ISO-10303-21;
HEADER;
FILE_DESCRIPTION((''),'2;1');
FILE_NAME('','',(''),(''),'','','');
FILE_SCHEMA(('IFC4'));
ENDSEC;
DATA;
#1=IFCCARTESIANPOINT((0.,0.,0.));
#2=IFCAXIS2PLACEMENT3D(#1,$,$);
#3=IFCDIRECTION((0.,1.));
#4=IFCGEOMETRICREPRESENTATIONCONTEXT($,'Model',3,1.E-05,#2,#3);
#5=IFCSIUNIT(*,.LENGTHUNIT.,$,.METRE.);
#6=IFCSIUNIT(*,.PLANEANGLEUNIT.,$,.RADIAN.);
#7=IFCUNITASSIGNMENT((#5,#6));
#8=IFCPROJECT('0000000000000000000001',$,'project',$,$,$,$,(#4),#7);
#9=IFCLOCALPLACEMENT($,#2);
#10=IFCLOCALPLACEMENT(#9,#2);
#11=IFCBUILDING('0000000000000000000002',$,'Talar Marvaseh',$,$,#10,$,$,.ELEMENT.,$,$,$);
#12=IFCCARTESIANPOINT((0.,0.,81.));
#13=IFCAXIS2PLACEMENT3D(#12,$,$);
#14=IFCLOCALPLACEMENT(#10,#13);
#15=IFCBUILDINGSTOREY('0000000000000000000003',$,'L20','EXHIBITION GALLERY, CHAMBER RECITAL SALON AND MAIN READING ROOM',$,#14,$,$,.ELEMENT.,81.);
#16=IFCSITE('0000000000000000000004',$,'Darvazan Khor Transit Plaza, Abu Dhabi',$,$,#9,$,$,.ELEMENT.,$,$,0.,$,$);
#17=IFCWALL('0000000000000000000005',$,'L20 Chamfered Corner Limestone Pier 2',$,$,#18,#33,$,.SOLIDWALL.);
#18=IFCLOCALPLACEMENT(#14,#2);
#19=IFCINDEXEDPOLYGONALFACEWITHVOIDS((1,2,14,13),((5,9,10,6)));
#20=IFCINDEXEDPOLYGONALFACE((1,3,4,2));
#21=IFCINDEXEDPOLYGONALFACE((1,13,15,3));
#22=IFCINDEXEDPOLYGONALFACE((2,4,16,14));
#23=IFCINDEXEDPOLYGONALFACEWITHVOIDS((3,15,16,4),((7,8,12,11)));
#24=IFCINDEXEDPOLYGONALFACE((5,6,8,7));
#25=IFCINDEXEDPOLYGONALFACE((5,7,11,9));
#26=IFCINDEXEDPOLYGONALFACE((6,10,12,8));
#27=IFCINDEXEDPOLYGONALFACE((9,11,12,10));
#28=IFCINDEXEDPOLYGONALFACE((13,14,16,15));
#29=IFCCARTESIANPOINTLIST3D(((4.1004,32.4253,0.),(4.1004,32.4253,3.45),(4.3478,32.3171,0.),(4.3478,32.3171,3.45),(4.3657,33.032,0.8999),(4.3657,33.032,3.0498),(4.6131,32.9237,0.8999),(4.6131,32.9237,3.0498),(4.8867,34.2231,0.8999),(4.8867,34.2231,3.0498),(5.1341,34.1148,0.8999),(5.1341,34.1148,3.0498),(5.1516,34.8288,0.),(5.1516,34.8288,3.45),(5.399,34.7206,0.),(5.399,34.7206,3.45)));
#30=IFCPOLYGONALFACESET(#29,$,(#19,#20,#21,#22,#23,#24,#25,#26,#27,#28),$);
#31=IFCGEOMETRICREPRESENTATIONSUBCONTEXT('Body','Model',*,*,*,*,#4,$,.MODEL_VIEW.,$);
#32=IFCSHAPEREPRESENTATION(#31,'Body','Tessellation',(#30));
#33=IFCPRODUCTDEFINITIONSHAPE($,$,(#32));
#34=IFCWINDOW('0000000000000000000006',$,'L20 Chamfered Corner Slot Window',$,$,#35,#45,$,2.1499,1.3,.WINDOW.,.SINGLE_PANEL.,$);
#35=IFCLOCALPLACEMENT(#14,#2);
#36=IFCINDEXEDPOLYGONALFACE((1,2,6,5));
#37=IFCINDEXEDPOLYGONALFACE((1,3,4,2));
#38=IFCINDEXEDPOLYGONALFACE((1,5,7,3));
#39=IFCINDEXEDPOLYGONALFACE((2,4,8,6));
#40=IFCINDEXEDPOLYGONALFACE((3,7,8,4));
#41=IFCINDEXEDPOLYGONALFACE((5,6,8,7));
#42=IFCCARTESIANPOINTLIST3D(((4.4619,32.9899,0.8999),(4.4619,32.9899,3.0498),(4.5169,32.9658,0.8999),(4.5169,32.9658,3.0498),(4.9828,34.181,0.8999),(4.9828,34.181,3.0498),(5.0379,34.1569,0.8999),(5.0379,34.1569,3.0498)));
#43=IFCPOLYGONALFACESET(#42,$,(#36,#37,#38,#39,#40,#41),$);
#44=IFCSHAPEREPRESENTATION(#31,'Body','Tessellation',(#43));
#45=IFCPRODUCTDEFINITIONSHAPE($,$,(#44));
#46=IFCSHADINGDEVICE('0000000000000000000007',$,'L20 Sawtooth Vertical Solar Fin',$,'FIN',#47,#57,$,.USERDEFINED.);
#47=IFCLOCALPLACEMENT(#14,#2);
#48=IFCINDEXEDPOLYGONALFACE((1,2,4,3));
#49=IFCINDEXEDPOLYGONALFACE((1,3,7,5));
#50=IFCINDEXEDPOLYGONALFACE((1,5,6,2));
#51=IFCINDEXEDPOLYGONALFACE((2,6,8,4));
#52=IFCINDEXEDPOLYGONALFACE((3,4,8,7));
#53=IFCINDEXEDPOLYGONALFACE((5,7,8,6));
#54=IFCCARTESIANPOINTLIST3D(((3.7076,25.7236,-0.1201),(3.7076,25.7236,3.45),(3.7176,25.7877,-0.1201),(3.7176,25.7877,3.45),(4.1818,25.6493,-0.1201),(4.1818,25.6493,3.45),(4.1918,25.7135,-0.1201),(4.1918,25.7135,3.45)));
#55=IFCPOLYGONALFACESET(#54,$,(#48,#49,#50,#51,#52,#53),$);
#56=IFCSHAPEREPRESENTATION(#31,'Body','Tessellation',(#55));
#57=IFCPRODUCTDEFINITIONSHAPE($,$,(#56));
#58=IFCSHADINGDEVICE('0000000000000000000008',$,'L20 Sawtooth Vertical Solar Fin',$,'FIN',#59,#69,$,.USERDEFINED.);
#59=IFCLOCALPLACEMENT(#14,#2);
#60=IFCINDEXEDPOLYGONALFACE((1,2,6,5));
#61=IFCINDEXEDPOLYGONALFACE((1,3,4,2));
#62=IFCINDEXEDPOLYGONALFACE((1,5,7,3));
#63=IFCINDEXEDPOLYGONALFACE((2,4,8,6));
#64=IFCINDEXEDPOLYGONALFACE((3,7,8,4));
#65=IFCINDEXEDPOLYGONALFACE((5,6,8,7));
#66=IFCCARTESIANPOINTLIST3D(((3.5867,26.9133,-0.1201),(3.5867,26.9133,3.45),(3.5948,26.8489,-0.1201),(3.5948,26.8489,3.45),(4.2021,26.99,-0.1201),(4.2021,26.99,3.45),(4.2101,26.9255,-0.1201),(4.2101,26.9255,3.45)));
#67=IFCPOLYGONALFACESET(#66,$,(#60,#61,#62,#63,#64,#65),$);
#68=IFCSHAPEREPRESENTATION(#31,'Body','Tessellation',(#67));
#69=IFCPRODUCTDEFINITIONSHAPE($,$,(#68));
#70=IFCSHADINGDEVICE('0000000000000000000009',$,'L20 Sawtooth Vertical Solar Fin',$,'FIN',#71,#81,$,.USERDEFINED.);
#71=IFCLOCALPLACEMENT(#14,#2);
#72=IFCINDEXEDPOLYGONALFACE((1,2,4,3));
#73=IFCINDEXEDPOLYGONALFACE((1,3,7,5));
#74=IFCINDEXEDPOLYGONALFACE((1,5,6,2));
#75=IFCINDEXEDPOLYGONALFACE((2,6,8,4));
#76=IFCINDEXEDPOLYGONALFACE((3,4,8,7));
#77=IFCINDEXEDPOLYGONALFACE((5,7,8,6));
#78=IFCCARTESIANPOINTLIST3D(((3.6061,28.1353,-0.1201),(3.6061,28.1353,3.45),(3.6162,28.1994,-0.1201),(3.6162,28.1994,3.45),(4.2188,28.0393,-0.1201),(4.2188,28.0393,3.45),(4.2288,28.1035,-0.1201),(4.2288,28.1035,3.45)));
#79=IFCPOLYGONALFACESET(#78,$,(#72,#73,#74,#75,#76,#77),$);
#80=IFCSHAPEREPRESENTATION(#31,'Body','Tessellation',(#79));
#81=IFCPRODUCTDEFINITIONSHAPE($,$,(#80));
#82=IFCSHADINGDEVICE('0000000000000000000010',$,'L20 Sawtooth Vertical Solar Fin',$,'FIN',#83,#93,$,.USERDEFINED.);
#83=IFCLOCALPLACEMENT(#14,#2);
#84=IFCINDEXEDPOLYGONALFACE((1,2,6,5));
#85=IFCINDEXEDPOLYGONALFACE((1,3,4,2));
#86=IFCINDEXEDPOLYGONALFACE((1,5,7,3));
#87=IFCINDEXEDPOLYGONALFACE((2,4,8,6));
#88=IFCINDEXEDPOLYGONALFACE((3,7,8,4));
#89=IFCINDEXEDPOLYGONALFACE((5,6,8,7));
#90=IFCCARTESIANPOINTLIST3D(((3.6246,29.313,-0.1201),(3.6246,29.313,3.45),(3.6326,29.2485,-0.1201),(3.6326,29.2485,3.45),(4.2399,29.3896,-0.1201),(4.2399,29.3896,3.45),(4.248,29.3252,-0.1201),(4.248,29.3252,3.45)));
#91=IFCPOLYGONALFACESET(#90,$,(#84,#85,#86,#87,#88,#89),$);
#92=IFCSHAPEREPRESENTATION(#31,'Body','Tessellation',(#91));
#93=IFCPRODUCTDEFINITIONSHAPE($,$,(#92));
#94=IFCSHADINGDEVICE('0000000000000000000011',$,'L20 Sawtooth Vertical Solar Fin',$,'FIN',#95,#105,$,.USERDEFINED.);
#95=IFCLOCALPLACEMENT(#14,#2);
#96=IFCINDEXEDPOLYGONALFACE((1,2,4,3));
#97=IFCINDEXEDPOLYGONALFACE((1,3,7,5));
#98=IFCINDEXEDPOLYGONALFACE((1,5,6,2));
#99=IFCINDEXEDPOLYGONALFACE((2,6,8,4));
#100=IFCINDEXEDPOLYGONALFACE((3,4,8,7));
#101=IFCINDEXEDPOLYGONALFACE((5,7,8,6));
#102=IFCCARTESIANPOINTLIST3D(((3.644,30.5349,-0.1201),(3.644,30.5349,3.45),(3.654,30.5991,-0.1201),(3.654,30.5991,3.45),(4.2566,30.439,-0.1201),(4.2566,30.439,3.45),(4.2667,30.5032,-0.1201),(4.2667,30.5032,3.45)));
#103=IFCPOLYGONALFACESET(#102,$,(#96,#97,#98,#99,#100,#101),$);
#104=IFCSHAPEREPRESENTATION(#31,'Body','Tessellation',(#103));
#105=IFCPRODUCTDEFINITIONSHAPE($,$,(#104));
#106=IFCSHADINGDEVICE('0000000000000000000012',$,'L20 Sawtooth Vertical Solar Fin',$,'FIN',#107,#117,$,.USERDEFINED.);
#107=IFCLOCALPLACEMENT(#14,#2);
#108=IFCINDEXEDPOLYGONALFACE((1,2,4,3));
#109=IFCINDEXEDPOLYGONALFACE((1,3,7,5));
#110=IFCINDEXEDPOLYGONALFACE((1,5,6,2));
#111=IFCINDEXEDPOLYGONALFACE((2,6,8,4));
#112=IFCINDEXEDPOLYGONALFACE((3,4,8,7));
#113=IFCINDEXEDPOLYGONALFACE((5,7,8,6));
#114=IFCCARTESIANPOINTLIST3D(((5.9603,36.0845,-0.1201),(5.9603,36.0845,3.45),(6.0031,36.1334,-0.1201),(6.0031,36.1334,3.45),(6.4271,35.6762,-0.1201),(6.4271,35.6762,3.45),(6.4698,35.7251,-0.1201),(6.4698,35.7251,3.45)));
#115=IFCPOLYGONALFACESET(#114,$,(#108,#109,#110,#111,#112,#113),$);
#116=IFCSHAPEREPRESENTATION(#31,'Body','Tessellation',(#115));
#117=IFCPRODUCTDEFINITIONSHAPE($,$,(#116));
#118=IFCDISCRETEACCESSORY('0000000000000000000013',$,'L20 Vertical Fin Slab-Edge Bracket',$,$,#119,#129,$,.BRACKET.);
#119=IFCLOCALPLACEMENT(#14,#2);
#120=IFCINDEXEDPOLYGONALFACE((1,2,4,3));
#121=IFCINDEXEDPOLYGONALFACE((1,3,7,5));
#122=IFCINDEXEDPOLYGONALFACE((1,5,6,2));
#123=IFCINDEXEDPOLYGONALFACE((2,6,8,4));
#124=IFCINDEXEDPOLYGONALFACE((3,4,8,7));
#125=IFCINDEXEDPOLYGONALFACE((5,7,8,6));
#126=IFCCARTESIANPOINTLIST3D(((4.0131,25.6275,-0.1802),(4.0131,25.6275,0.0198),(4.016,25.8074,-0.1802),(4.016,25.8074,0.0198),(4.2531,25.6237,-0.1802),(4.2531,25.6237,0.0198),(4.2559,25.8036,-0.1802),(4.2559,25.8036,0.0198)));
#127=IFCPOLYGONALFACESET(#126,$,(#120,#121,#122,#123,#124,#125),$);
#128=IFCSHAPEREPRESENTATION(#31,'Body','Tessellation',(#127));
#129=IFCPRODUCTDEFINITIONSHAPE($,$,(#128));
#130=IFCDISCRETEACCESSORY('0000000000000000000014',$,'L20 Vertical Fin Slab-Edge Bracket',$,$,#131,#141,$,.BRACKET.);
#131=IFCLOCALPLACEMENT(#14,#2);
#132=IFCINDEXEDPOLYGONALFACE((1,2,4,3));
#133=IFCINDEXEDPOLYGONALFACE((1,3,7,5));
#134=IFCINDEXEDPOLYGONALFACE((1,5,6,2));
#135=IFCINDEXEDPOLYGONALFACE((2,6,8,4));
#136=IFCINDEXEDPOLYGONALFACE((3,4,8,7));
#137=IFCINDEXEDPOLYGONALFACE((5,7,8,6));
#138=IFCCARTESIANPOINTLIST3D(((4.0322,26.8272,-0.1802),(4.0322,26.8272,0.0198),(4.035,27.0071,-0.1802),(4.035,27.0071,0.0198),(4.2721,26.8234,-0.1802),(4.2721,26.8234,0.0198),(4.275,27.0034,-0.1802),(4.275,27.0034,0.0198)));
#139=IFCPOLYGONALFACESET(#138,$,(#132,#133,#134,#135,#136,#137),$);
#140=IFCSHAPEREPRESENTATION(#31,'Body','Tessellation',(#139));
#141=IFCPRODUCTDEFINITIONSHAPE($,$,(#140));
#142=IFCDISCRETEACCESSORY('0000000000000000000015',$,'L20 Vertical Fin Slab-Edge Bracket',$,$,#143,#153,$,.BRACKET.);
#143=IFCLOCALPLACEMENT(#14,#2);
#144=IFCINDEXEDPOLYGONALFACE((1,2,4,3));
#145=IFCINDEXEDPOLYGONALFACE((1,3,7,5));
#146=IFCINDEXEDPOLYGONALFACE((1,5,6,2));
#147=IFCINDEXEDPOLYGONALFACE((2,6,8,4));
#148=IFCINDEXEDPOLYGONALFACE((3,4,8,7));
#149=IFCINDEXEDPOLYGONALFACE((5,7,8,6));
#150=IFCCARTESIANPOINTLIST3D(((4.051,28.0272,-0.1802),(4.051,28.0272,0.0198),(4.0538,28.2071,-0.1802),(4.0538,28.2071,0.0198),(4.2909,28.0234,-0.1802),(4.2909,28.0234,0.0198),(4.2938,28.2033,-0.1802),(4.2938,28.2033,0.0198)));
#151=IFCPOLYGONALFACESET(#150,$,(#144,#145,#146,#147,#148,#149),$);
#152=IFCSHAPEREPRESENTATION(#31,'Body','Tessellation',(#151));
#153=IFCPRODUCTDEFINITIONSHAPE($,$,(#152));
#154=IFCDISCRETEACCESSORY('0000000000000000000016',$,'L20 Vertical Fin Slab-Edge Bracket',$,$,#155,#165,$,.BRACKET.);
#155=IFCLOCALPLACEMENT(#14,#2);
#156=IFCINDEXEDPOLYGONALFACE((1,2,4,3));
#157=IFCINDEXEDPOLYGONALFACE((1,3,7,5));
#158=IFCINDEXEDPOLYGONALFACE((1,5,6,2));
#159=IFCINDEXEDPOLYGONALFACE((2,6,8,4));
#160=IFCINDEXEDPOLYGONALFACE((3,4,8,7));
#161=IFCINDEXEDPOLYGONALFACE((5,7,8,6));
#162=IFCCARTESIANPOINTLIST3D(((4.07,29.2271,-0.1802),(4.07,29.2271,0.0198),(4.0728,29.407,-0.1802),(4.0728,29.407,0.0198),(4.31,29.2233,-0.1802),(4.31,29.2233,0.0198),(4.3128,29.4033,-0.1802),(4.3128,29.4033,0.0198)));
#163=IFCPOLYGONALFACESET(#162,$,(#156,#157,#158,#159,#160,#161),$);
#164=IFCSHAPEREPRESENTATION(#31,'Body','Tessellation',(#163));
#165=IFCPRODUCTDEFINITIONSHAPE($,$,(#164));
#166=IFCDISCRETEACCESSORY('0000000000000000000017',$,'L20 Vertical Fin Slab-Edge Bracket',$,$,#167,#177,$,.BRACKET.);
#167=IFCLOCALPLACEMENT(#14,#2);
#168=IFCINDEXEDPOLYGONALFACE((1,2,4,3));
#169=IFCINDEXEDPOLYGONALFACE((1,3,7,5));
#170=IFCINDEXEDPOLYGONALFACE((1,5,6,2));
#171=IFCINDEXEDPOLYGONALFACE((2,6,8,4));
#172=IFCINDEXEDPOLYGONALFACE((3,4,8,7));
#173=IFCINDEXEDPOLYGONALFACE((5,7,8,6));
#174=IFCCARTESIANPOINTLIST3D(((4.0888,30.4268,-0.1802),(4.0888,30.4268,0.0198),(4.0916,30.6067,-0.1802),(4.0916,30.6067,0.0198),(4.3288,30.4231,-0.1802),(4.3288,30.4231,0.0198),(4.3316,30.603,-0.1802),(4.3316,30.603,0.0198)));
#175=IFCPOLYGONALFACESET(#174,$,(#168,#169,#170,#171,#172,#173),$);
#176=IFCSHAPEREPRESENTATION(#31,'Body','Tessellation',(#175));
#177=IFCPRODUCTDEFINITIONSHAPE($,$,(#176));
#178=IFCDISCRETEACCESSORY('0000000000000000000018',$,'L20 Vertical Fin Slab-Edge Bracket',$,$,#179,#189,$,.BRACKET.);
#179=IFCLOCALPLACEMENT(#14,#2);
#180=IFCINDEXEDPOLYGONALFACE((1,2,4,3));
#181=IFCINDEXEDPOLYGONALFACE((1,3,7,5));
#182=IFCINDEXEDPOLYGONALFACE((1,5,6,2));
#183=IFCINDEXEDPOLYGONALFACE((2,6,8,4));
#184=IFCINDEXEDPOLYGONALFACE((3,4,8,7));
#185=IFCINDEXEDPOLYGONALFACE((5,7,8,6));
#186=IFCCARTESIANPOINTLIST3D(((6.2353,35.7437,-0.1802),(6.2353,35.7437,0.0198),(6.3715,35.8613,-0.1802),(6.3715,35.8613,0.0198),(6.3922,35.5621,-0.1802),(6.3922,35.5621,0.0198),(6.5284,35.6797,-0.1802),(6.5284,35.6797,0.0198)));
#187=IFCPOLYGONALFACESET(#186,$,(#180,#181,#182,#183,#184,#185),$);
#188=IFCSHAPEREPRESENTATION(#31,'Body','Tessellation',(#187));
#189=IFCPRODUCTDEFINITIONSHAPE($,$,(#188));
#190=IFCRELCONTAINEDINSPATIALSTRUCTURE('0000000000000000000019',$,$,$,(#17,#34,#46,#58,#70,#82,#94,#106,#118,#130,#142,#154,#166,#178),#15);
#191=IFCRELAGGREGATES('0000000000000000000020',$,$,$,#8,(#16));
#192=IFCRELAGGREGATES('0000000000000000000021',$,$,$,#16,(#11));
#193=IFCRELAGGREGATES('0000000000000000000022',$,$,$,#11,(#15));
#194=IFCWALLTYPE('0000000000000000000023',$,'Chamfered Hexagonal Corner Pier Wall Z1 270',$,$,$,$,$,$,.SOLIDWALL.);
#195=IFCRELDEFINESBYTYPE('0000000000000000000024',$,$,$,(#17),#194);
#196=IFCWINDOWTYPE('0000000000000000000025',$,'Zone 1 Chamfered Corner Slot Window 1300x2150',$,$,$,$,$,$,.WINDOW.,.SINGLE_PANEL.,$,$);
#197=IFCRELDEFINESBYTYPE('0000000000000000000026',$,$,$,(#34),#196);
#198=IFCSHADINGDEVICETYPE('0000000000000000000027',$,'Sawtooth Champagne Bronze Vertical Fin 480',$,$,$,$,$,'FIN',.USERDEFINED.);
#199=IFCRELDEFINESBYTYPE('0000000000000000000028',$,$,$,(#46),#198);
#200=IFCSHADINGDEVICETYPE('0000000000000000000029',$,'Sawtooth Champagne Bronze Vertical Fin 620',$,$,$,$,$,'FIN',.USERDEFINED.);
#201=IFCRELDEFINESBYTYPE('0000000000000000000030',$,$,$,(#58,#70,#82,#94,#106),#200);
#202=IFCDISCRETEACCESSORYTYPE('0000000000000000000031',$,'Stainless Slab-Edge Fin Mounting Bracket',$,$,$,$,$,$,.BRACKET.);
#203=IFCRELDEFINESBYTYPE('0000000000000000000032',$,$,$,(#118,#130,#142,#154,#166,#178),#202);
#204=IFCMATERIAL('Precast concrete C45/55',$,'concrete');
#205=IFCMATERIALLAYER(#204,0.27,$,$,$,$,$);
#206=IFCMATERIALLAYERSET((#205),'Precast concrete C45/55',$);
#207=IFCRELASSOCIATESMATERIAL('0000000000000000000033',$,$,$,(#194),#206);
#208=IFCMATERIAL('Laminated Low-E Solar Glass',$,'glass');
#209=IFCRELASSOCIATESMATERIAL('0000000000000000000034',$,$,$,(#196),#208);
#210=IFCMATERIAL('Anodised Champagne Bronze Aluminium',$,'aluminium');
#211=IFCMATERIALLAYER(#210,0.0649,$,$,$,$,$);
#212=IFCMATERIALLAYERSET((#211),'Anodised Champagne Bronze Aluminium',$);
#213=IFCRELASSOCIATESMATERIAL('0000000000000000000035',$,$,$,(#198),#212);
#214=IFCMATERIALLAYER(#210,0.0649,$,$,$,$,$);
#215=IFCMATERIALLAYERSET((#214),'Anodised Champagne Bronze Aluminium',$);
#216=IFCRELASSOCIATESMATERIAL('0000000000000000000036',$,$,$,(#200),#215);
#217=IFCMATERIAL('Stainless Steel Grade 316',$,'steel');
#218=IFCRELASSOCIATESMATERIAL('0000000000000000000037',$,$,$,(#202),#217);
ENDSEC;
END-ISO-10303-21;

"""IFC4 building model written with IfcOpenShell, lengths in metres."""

from ifc_helpers import new_model, si_unit, direction, frame, frame_2d, origin, origin_2d, place, context, subcontext, project, spatial, rectangle, extrude, source, transform, mapped, material, layer, layer_set, type_object, type_shapes, element, fill, save


model = new_model("IFC4")

# Units and contexts
model_context = context("Model", 3, precision=1e-05, world=origin(), true_north=direction((0.0, 1.0)))
body_context = subcontext(model_context, "Body", "Model", "MODEL_VIEW")
ifc_project = project(units=[si_unit("LENGTHUNIT", "METRE"), si_unit("PLANEANGLEUNIT", "RADIAN")], contexts=[model_context])

# Site, building, storey
site_placement = place(None, origin())
site = spatial("IfcSite", under=ifc_project, at=site_placement, Name="Darvazan Khor Transit Plaza, Abu Dhabi", CompositionType="ELEMENT", RefElevation=0.0)
building_placement = place(site_placement, origin())
building = spatial("IfcBuilding", under=site, at=building_placement, Name="Talar Marvaseh", CompositionType="ELEMENT")
storey_placement = place(building_placement, frame((0.0, 0.0, 81.0)))
storey = spatial("IfcBuildingStorey", under=building, at=storey_placement, Name="L20", Description="EXHIBITION GALLERY, CHAMBER RECITAL SALON AND MAIN READING ROOM", CompositionType="ELEMENT", Elevation=81.0)

# Shared definitions
ifc_material_1 = material(Name="Laminated Low-E Solar Glass", Category="glass")

# Wall, opening, window
ifc_material_2 = material(Name="Precast concrete C45/55", Category="concrete")
ifc_layer_1 = layer(ifc_material_2, 0.27)
ifc_layer_set_1 = layer_set([ifc_layer_1], Name="Precast concrete C45/55")
wall_type = type_object("IfcWallType", Name="Chamfered Hexagonal Corner Pier Wall Z1 270", PredefinedType="SOLIDWALL", material=ifc_layer_set_1)
wall_placement = place(storey_placement, frame((4.2241, 32.3713, 0.0), z_axis=(0.0, 0.0, 1.0), x_axis=(0.400726, 0.916198, 0.0)))
wall = element("IfcWall", 1, at=wall_placement, inside=storey, type_object=wall_type, Name="L20 Chamfered Corner Limestone Pier 2", PredefinedType="SOLIDWALL", context=body_context, shape_type="SweptSolid", body=[
    extrude(rectangle(XDim=2.6233, YDim=0.27, at=frame_2d((1.3115, 0.0))), origin(), (0.0, 0.0, 1.0), 3.45),
])
opening_placement = place(wall_placement, frame((0.6621, 0.0, 0.8999)))
opening = element("IfcOpeningElement", 2, at=opening_placement, cuts=wall, PredefinedType="OPENING", context=body_context, shape_type="SweptSolid", body=[
    extrude(rectangle(XDim=1.3, YDim=2.1499, at=frame_2d((0.6499, 1.075))), frame((0.0, 0.145, 0.0), z_axis=(0.0, -1.0, 0.0), x_axis=(1.0, 0.0, 0.0)), (0.0, 0.0, 1.0), 0.29),
])
window_type = type_object("IfcWindowType", Name="Zone 1 Chamfered Corner Slot Window 1300x2150", PartitioningType="SINGLE_PANEL", PredefinedType="WINDOW", material=ifc_material_1)
shared_shape_1 = source(origin(), body_context, "Body", "SweptSolid", [
    extrude(rectangle(XDim=1.3, YDim=2.1499, at=frame_2d((0.6499, 1.075))), frame((0.0, 0.03, 0.0), z_axis=(0.0, -1.0, 0.0), x_axis=(1.0, 0.0, 0.0)), (0.0, 0.0, 1.0), 0.0601),
])
type_shapes(window_type, [shared_shape_1])
window_placement = place(opening_placement, origin())
window = element("IfcWindow", 3, at=window_placement, inside=storey, type_object=window_type, Name="L20 Chamfered Corner Slot Window", OverallHeight=2.1499, OverallWidth=1.3, PartitioningType="SINGLE_PANEL", PredefinedType="WINDOW", context=body_context, shape_type="MappedRepresentation", body=[
    mapped(shared_shape_1, transform((0.0, 0.0, 0.0), x_axis=(1.0, 0.0, 0.0), y_axis=(0.0, 1.0, 0.0), z_axis=(0.0, 0.0, 1.0), scale=1.0)),
])
fill(opening, window)

# Shading devices
ifc_material_3 = material(Name="Anodised Champagne Bronze Aluminium", Category="aluminium")
ifc_layer_2 = layer(ifc_material_3, 0.0649)
ifc_layer_set_2 = layer_set([ifc_layer_2], Name="Anodised Champagne Bronze Aluminium")
shading_device_type_1 = type_object("IfcShadingDeviceType", Name="Sawtooth Champagne Bronze Vertical Fin 480", ElementType="FIN", PredefinedType="USERDEFINED", material=ifc_layer_set_2)
shared_shape_2 = source(origin(), body_context, "Body", "SweptSolid", [
    extrude(rectangle(XDim=0.48, YDim=0.0649, at=origin_2d()), origin(), (0.0, 0.0, 1.0), 3.5701),
])
type_shapes(shading_device_type_1, [shared_shape_2])
shading_device_placement = place(storey_placement, frame((3.9497, 25.7185, -0.1201), z_axis=(0.0, 0.0, 1.0), x_axis=(-0.98796, 0.15471, 0.0)))
element("IfcShadingDevice", 4, at=shading_device_placement, inside=storey, type_object=shading_device_type_1, Name="L20 Sawtooth Vertical Solar Fin", ObjectType="FIN", PredefinedType="USERDEFINED", context=body_context, shape_type="MappedRepresentation", body=[
    mapped(shared_shape_2, transform((0.0, 0.0, 0.0), x_axis=(1.0, 0.0, 0.0), y_axis=(0.0, 1.0, 0.0), z_axis=(0.0, 0.0, 1.0), scale=1.0)),
])
ifc_layer_3 = layer(ifc_material_3, 0.0649)
ifc_layer_set_3 = layer_set([ifc_layer_3], Name="Anodised Champagne Bronze Aluminium")
shading_device_type_2 = type_object("IfcShadingDeviceType", Name="Sawtooth Champagne Bronze Vertical Fin 620", ElementType="FIN", PredefinedType="USERDEFINED", material=ifc_layer_set_3)
shared_shape_3 = source(origin(), body_context, "Body", "SweptSolid", [
    extrude(rectangle(XDim=0.6201, YDim=0.0649, at=origin_2d()), origin(), (0.0, 0.0, 1.0), 3.5701),
])
type_shapes(shading_device_type_2, [shared_shape_3])
for number, where, z_axis, x_axis, name in (
    (5, (3.8984, 26.9194, -0.1201), (0.0, 0.0, 1.0), (-0.992332, -0.123601, 0.0), "L20 Sawtooth Vertical Solar Fin"),
    (6, (3.9175, 28.1194, -0.1201), (0.0, 0.0, 1.0), (-0.98796, 0.15471, 0.0), "L20 Sawtooth Vertical Solar Fin"),
    (7, (3.9363, 29.3191, -0.1201), (0.0, 0.0, 1.0), (-0.992332, -0.123601, 0.0), "L20 Sawtooth Vertical Solar Fin"),
    (8, (3.9553, 30.519, -0.1201), (0.0, 0.0, 1.0), (-0.98796, 0.15471, 0.0), "L20 Sawtooth Vertical Solar Fin"),
    (9, (6.2151, 35.9048, -0.1201), (0.0, 0.0, 1.0), (-0.752645, 0.658427, 0.0), "L20 Sawtooth Vertical Solar Fin"),
):
    element("IfcShadingDevice", number, at=place(storey_placement, frame(where, z_axis=z_axis, x_axis=x_axis)), inside=storey, type_object=shading_device_type_2, Name=name, ObjectType="FIN", PredefinedType="USERDEFINED", context=body_context, shape_type="MappedRepresentation", body=[
        mapped(shared_shape_3, transform((0.0, 0.0, 0.0), x_axis=(1.0, 0.0, 0.0), y_axis=(0.0, 1.0, 0.0), z_axis=(0.0, 0.0, 1.0), scale=1.0)),
    ])

# Discrete accessories
ifc_material_4 = material(Name="Stainless Steel Grade 316", Category="steel")
discrete_accessory_type = type_object("IfcDiscreteAccessoryType", Name="Stainless Slab-Edge Fin Mounting Bracket", PredefinedType="BRACKET", material=ifc_material_4)
shared_shape_4 = source(origin(), body_context, "Body", "SweptSolid", [
    extrude(rectangle(XDim=0.24, YDim=0.1799, at=origin_2d()), origin(), (0.0, 0.0, 1.0), 0.2),
])
type_shapes(discrete_accessory_type, [shared_shape_4])
for number, where, z_axis, x_axis, name in (
    (10, (4.1345, 25.7156, -0.1802), (0.0, 0.0, 1.0), (-0.999877, 0.015707, 0.0), "L20 Vertical Fin Slab-Edge Bracket"),
    (11, (4.1536, 26.9153, -0.1802), (0.0, 0.0, 1.0), (-0.999877, 0.015707, 0.0), "L20 Vertical Fin Slab-Edge Bracket"),
    (12, (4.1724, 28.1152, -0.1802), (0.0, 0.0, 1.0), (-0.999877, 0.015707, 0.0), "L20 Vertical Fin Slab-Edge Bracket"),
    (13, (4.1914, 29.3152, -0.1802), (0.0, 0.0, 1.0), (-0.999877, 0.015707, 0.0), "L20 Vertical Fin Slab-Edge Bracket"),
    (14, (4.2102, 30.5149, -0.1802), (0.0, 0.0, 1.0), (-0.999877, 0.015707, 0.0), "L20 Vertical Fin Slab-Edge Bracket"),
    (15, (6.3818, 35.7117, -0.1802), (0.0, 0.0, 1.0), (-0.653685, 0.756767, 0.0), "L20 Vertical Fin Slab-Edge Bracket"),
):
    element("IfcDiscreteAccessory", number, at=place(storey_placement, frame(where, z_axis=z_axis, x_axis=x_axis)), inside=storey, type_object=discrete_accessory_type, Name=name, PredefinedType="BRACKET", context=body_context, shape_type="MappedRepresentation", body=[
        mapped(shared_shape_4, transform((0.0, 0.0, 0.0), x_axis=(1.0, 0.0, 0.0), y_axis=(0.0, 1.0, 0.0), z_axis=(0.0, 0.0, 1.0), scale=1.0)),
    ])

save(model, "model.ifc")
